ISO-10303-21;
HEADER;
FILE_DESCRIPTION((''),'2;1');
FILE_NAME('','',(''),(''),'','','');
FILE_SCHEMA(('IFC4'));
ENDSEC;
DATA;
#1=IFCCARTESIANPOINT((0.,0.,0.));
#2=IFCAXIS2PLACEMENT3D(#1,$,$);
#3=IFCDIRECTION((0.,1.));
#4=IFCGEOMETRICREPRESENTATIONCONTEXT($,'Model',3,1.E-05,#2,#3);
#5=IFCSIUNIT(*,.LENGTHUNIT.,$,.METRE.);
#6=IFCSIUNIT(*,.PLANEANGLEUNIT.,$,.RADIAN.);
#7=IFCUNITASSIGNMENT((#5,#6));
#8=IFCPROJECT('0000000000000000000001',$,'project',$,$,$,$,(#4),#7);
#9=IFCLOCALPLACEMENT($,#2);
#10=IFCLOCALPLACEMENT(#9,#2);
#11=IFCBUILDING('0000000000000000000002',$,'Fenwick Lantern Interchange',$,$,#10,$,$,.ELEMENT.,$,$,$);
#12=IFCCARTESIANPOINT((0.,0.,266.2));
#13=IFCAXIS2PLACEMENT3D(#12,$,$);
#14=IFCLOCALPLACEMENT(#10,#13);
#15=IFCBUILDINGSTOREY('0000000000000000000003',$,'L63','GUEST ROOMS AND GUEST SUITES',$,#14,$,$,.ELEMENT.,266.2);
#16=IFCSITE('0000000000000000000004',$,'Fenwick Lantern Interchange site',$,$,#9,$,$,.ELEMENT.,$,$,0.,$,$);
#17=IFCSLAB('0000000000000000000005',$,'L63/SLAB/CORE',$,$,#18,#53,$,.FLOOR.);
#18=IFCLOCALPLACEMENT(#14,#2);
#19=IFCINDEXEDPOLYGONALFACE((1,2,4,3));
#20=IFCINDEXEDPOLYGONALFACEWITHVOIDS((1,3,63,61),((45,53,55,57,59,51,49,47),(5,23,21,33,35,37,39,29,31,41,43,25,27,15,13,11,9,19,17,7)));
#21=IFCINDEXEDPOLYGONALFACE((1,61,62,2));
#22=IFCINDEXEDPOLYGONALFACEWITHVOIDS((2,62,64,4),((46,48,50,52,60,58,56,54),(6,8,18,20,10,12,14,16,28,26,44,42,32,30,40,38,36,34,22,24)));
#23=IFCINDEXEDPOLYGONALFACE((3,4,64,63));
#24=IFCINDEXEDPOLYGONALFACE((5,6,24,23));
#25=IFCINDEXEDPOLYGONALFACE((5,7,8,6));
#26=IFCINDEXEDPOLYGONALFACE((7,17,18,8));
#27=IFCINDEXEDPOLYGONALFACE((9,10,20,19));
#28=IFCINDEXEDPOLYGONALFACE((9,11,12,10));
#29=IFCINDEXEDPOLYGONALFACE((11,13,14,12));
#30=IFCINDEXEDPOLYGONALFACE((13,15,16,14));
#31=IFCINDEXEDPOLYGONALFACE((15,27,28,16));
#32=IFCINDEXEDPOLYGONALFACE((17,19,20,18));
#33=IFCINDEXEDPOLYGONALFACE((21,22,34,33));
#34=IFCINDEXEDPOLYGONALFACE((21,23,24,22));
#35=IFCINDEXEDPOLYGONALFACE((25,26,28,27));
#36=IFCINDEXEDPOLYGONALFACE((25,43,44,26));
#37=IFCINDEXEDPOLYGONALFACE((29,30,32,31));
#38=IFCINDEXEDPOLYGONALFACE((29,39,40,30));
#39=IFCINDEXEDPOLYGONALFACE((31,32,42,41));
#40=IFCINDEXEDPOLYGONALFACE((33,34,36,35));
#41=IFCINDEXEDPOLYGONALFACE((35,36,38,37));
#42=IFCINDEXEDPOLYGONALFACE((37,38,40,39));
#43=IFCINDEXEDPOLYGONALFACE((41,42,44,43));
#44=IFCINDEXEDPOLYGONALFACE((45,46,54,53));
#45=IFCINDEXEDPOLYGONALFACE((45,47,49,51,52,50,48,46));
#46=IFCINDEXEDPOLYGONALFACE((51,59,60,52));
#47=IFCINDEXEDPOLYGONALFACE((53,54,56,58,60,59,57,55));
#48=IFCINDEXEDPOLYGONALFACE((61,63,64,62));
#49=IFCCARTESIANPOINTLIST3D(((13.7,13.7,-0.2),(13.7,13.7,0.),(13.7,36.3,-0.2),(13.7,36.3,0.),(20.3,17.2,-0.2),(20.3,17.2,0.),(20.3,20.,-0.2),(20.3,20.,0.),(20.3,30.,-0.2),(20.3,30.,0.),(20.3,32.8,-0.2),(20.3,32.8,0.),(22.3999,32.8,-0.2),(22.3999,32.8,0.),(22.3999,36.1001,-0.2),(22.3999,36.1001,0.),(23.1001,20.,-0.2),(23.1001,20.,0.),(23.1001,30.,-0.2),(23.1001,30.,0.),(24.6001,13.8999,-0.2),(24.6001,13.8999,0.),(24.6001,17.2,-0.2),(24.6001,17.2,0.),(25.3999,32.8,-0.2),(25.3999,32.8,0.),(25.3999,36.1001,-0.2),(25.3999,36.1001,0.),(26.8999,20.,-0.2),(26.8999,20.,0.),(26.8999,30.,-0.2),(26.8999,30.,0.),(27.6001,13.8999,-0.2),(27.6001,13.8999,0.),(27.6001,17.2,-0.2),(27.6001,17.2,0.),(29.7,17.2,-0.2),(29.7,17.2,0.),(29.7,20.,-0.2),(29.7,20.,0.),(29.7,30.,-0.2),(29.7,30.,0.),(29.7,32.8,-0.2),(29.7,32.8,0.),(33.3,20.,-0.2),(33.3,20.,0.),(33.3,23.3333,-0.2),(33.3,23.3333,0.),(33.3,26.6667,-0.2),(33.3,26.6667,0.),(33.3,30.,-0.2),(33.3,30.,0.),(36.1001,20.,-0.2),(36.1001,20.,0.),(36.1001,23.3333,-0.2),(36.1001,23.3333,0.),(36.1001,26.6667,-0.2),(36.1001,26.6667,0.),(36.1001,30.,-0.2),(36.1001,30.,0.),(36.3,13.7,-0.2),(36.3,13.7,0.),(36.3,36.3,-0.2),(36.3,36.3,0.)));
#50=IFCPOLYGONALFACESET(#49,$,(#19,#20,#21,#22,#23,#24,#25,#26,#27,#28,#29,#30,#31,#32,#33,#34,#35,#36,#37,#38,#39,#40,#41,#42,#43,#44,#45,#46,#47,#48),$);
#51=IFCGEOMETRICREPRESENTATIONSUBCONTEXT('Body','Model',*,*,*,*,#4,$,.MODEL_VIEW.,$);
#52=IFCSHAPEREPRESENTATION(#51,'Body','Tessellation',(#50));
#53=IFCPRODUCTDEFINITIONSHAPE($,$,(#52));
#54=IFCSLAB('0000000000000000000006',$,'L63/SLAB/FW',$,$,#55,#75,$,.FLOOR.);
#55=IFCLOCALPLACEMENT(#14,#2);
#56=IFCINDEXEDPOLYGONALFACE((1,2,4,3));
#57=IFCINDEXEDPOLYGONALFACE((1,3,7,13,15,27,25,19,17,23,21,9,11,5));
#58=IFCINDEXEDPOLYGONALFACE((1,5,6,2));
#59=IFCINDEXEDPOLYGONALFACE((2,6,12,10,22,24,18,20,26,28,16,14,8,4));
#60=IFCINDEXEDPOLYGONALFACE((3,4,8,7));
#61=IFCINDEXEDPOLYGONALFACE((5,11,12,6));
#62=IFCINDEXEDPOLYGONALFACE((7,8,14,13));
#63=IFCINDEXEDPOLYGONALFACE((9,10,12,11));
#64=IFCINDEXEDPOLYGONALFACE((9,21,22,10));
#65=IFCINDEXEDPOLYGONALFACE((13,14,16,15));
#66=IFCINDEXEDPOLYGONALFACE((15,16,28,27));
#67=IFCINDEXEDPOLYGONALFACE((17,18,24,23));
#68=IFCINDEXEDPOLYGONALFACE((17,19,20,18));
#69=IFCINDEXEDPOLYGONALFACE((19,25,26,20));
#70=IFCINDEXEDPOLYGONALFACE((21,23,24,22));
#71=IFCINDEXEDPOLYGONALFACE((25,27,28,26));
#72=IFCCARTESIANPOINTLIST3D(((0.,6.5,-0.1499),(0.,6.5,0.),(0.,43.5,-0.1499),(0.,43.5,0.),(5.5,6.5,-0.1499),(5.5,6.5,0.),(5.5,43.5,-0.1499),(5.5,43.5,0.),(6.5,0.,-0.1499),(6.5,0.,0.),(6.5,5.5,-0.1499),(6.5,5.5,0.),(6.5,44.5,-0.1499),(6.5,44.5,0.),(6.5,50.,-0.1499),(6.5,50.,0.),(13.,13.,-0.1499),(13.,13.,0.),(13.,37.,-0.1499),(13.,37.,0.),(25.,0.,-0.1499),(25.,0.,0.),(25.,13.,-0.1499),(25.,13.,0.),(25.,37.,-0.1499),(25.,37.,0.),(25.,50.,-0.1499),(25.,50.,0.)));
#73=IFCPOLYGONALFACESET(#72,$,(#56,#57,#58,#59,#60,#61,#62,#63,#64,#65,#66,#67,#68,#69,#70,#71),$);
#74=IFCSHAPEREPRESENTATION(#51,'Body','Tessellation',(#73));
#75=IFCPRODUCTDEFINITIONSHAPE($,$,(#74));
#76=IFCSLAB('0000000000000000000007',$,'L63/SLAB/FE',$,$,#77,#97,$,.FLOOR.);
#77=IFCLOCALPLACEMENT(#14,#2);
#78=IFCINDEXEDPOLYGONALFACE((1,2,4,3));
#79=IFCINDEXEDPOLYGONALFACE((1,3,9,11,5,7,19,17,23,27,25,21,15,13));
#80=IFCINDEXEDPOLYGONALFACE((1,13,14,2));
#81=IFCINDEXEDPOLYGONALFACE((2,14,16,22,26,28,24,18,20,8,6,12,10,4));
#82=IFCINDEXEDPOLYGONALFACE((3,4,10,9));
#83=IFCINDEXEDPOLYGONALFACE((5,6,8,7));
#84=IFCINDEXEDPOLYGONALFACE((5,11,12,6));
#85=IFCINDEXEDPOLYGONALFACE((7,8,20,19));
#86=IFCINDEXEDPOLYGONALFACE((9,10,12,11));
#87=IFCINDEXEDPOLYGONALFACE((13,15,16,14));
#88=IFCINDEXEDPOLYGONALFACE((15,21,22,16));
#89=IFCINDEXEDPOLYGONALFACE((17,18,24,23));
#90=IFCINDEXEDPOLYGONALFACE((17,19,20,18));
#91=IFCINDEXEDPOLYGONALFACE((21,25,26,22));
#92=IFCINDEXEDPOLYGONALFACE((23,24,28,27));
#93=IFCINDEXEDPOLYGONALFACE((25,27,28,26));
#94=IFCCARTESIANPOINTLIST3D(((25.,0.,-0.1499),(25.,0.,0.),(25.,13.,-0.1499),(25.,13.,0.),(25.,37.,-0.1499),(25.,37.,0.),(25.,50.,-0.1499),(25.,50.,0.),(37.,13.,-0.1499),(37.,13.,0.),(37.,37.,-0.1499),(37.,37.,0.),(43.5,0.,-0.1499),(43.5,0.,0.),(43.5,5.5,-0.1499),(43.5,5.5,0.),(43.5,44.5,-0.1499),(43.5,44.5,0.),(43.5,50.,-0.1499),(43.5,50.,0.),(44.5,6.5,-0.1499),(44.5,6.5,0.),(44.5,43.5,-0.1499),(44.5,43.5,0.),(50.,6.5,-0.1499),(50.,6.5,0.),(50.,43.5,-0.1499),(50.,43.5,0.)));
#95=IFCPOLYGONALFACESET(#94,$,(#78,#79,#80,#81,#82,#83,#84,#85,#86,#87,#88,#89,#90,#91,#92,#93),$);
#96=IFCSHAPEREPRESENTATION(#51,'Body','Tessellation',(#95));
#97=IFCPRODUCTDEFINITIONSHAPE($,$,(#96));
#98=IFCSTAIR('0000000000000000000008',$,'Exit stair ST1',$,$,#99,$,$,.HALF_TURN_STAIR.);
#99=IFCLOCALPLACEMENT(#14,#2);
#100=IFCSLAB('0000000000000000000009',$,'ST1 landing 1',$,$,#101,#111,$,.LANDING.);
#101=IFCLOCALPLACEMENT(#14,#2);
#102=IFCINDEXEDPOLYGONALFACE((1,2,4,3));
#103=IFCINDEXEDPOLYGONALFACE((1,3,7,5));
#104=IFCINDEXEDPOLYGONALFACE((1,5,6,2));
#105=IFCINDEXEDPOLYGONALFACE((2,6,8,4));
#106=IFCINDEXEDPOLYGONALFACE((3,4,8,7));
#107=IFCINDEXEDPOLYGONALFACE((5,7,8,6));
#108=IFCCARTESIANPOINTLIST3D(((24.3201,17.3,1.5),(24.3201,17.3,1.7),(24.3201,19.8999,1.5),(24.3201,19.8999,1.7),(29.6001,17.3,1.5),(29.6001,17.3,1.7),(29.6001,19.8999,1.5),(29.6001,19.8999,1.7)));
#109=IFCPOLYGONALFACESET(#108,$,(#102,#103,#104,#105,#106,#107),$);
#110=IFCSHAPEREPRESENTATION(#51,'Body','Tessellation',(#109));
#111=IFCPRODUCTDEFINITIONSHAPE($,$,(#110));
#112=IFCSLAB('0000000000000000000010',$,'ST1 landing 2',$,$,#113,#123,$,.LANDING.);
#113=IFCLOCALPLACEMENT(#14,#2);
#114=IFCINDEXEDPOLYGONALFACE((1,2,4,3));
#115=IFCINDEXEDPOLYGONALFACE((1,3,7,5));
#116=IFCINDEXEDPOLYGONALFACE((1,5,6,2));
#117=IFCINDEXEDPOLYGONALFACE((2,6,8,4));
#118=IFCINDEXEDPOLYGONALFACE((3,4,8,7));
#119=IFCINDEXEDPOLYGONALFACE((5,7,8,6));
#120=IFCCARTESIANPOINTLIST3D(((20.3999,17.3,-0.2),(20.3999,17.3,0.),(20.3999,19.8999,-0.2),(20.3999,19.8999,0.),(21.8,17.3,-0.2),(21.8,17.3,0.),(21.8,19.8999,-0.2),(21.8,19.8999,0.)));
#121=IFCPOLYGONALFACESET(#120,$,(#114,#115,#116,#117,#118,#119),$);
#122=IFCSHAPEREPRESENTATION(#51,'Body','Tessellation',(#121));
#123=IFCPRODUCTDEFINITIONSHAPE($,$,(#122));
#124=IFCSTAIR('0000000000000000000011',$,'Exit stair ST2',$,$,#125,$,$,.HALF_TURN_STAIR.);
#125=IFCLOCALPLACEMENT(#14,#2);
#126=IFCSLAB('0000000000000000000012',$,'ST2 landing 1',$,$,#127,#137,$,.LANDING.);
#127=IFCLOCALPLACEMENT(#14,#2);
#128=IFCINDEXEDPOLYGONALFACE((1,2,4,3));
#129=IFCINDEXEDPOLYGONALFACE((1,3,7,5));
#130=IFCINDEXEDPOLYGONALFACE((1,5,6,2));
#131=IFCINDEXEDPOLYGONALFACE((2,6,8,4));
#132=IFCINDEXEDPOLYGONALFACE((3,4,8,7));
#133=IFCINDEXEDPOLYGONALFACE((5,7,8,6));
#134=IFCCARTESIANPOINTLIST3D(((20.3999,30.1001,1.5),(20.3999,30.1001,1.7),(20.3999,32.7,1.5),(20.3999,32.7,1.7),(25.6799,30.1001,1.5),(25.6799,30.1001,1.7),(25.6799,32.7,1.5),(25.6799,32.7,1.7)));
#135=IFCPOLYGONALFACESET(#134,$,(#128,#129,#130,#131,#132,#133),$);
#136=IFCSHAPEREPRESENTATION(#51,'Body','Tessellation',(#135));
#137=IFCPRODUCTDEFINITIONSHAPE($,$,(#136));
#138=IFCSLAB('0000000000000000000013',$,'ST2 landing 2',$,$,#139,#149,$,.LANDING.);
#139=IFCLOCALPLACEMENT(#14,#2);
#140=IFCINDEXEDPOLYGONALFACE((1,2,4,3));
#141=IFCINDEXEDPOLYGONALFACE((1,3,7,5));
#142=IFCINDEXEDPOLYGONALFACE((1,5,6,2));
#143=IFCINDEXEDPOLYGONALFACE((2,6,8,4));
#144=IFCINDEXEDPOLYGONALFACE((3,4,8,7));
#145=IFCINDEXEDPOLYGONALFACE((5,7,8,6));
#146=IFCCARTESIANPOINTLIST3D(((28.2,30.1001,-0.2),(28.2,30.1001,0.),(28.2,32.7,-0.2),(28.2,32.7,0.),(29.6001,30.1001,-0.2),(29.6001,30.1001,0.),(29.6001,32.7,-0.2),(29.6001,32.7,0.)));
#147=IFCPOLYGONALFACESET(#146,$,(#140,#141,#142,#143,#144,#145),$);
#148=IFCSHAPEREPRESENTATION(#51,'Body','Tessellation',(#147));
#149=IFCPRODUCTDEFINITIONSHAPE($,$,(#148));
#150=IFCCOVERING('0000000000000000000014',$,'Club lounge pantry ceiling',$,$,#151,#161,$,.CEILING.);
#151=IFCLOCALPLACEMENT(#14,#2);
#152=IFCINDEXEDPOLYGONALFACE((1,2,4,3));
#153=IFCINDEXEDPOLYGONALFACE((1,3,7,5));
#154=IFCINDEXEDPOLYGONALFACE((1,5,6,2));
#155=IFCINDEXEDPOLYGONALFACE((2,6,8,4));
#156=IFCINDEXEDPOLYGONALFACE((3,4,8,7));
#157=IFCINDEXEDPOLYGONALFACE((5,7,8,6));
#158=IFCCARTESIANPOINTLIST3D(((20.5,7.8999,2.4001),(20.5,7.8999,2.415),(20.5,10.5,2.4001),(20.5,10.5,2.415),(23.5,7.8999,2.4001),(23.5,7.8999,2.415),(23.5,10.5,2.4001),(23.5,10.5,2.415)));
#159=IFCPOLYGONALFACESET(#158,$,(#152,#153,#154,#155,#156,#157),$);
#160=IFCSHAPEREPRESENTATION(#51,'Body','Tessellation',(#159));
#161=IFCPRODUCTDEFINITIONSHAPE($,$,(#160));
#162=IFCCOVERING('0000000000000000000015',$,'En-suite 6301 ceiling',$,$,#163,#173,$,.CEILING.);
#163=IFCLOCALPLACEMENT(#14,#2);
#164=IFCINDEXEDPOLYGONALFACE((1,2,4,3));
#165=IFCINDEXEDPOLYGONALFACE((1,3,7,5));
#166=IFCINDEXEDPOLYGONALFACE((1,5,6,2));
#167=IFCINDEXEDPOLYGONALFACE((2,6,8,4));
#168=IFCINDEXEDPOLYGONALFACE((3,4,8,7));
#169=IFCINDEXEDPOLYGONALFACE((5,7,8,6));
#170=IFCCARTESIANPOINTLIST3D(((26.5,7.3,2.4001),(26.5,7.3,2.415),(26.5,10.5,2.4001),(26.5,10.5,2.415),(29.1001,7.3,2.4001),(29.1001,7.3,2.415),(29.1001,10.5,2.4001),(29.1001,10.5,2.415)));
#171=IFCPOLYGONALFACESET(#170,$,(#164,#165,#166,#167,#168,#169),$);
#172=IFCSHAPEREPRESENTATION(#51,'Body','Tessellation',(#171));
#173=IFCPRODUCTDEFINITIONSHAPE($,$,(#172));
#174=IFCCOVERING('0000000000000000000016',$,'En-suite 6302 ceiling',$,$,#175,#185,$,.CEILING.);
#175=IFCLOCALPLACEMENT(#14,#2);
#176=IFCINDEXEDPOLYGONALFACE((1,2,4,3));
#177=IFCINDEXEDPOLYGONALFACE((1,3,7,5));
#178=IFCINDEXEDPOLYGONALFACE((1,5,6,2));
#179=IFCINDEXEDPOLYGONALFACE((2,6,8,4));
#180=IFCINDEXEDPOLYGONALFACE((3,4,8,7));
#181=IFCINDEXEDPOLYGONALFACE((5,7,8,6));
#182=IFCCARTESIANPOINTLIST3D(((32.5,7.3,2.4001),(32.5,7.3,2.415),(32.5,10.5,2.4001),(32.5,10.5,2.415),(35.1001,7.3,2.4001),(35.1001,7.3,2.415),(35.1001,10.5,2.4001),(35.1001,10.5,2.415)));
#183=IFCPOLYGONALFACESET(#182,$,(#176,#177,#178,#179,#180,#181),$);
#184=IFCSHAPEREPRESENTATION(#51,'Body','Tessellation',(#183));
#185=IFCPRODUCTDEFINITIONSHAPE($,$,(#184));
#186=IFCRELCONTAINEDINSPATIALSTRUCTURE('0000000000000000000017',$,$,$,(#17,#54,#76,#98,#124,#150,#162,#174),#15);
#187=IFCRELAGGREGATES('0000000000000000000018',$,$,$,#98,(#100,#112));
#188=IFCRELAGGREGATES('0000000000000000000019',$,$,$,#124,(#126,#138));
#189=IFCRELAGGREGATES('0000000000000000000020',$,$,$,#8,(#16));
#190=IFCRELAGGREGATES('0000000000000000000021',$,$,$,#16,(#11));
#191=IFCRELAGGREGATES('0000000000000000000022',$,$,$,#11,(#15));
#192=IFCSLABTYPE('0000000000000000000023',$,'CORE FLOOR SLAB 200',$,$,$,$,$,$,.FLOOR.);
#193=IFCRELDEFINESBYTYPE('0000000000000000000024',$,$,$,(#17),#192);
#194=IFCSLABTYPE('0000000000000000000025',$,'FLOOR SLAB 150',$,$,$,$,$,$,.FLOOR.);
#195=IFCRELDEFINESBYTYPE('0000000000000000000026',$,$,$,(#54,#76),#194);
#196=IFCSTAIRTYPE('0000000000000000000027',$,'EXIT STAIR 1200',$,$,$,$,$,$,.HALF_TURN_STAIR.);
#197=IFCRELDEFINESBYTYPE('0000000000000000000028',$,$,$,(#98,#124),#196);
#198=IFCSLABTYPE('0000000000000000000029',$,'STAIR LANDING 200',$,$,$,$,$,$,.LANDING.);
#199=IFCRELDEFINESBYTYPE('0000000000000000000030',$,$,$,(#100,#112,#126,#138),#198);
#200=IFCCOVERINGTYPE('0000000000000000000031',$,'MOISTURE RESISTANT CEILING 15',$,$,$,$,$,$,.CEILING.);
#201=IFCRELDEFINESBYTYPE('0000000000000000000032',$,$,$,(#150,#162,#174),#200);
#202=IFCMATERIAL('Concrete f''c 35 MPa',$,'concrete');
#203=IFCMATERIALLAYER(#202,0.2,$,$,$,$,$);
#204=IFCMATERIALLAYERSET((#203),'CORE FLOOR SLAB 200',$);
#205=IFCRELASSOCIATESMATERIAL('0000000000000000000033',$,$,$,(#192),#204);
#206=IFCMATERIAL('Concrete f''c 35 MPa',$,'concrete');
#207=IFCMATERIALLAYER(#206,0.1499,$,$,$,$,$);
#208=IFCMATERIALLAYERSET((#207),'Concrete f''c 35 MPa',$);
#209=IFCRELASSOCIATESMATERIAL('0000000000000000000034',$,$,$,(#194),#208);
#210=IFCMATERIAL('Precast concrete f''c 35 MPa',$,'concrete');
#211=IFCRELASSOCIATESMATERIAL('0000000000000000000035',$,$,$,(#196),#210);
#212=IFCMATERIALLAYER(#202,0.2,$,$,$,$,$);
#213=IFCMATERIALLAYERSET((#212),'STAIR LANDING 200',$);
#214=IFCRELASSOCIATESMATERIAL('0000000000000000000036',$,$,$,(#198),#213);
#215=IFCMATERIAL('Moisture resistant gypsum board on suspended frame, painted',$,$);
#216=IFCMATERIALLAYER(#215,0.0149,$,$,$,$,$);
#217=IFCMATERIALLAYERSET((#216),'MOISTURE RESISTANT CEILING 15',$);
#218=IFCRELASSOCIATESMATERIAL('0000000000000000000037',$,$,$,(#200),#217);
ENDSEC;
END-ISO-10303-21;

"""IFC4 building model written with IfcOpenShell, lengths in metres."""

from ifc_helpers import new_model, si_unit, direction, frame, origin, place, context, subcontext, project, spatial, polyline, outline, extrude, material, layer, layer_set, type_object, element, aggregate, save


model = new_model("IFC4")

# Units and contexts
model_context = context("Model", 3, precision=1e-05, world=origin(), true_north=direction((0.0, 1.0)))
body_context = subcontext(model_context, "Body", "Model", "MODEL_VIEW")
ifc_project = project(units=[si_unit("LENGTHUNIT", "METRE"), si_unit("PLANEANGLEUNIT", "RADIAN")], contexts=[model_context])

# Site, building, storey
site_placement = place(None, origin())
site = spatial("IfcSite", under=ifc_project, at=site_placement, Name="Fenwick Lantern Interchange site", CompositionType="ELEMENT", RefElevation=0.0)
building_placement = place(site_placement, origin())
building = spatial("IfcBuilding", under=site, at=building_placement, Name="Fenwick Lantern Interchange", CompositionType="ELEMENT")
storey_placement = place(building_placement, frame((0.0, 0.0, 266.2)))
storey = spatial("IfcBuildingStorey", under=building, at=storey_placement, Name="L63", Description="GUEST ROOMS AND GUEST SUITES", CompositionType="ELEMENT", Elevation=266.2)

# Slabs
ifc_material_1 = material(Name="Concrete f'c 35 MPa", Category="concrete")
ifc_layer_1 = layer(ifc_material_1, 0.2)
ifc_layer_set_1 = layer_set([ifc_layer_1], Name="CORE FLOOR SLAB 200")
slab_type_1 = type_object("IfcSlabType", Name="CORE FLOOR SLAB 200", PredefinedType="FLOOR", material=ifc_layer_set_1)
slab_1_placement = place(storey_placement, frame((0.0, 0.0, -0.2)))
element("IfcSlab", 1, at=slab_1_placement, inside=storey, type_object=slab_type_1, Name="L63/SLAB/CORE", PredefinedType="FLOOR", context=body_context, shape_type="SweptSolid", body=[
    extrude(outline(polyline([(13.7, 36.3), (36.3, 36.3), (36.3, 13.7), (13.7, 13.7), (13.7, 36.3)]), holes=[polyline([(24.6001, 13.8999), (27.6001, 13.8999), (27.6001, 17.2), (29.7, 17.2), (29.7, 20.0), (26.8999, 20.0), (26.8999, 30.0), (29.7, 30.0), (29.7, 32.8), (25.3999, 32.8), (25.3999, 36.1001), (22.3999, 36.1001), (22.3999, 32.8), (20.3, 32.8), (20.3, 30.0), (23.1001, 30.0), (23.1001, 20.0), (20.3, 20.0), (20.3, 17.2), (24.6001, 17.2), (24.6001, 13.8999)]), polyline([(33.3, 20.0), (36.1001, 20.0), (36.1001, 23.3333), (36.1001, 26.6667), (36.1001, 30.0), (33.3, 30.0), (33.3, 26.6667), (33.3, 23.3333), (33.3, 20.0)])]), origin(), (0.0, 0.0, 1.0), 0.2),
])
ifc_material_2 = material(Name="Concrete f'c 35 MPa", Category="concrete")
ifc_layer_2 = layer(ifc_material_2, 0.1499)
ifc_layer_set_2 = layer_set([ifc_layer_2], Name="Concrete f'c 35 MPa")
slab_type_2 = type_object("IfcSlabType", Name="FLOOR SLAB 150", PredefinedType="FLOOR", material=ifc_layer_set_2)
slab_2_placement = place(storey_placement, frame((0.0, 0.0, -0.1499)))
element("IfcSlab", 2, at=slab_2_placement, inside=storey, type_object=slab_type_2, Name="L63/SLAB/FW", PredefinedType="FLOOR", context=body_context, shape_type="SweptSolid", body=[
    extrude(outline(polyline([(6.5, 0.0), (6.5, 5.5), (5.5, 6.5), (0.0, 6.5), (0.0, 43.5), (5.5, 43.5), (6.5, 44.5), (6.5, 50.0), (25.0, 50.0), (25.0, 37.0), (13.0, 37.0), (13.0, 13.0), (25.0, 13.0), (25.0, 0.0), (6.5, 0.0)])), origin(), (0.0, 0.0, 1.0), 0.1499),
])
slab_3_placement = place(storey_placement, frame((0.0, 0.0, -0.1499)))
element("IfcSlab", 3, at=slab_3_placement, inside=storey, type_object=slab_type_2, Name="L63/SLAB/FE", PredefinedType="FLOOR", context=body_context, shape_type="SweptSolid", body=[
    extrude(outline(polyline([(43.5, 50.0), (43.5, 44.5), (44.5, 43.5), (50.0, 43.5), (50.0, 6.5), (44.5, 6.5), (43.5, 5.5), (43.5, 0.0), (25.0, 0.0), (25.0, 13.0), (37.0, 13.0), (37.0, 37.0), (25.0, 37.0), (25.0, 50.0), (43.5, 50.0)])), origin(), (0.0, 0.0, 1.0), 0.1499),
])

# Stairs, slabs
ifc_material_3 = material(Name="Precast concrete f'c 35 MPa", Category="concrete")
stair_type = type_object("IfcStairType", Name="EXIT STAIR 1200", PredefinedType="HALF_TURN_STAIR", material=ifc_material_3)
stair_1_placement = place(storey_placement, origin())
stair_1 = element("IfcStair", 4, at=stair_1_placement, inside=storey, type_object=stair_type, Name="Exit stair ST1", PredefinedType="HALF_TURN_STAIR")
ifc_layer_3 = layer(ifc_material_1, 0.2)
ifc_layer_set_3 = layer_set([ifc_layer_3], Name="STAIR LANDING 200")
slab_type_3 = type_object("IfcSlabType", Name="STAIR LANDING 200", PredefinedType="LANDING", material=ifc_layer_set_3)
slab_4_placement = place(storey_placement, frame((0.0, 0.0, 1.5)))
slab_4 = element("IfcSlab", 5, at=slab_4_placement, type_object=slab_type_3, Name="ST1 landing 1", PredefinedType="LANDING", context=body_context, shape_type="SweptSolid", body=[
    extrude(outline(polyline([(24.3201, 17.3), (29.6001, 17.3), (29.6001, 19.8999), (24.3201, 19.8999), (24.3201, 17.3)])), origin(), (0.0, 0.0, 1.0), 0.2),
])
slab_5_placement = place(storey_placement, frame((0.0, 0.0, -0.2)))
slab_5 = element("IfcSlab", 6, at=slab_5_placement, type_object=slab_type_3, Name="ST1 landing 2", PredefinedType="LANDING", context=body_context, shape_type="SweptSolid", body=[
    extrude(outline(polyline([(20.3999, 17.3), (21.8, 17.3), (21.8, 19.8999), (20.3999, 19.8999), (20.3999, 17.3)])), origin(), (0.0, 0.0, 1.0), 0.2),
])
aggregate(stair_1, [slab_4, slab_5])
stair_2_placement = place(storey_placement, origin())
stair_2 = element("IfcStair", 7, at=stair_2_placement, inside=storey, type_object=stair_type, Name="Exit stair ST2", PredefinedType="HALF_TURN_STAIR")
slab_6_placement = place(storey_placement, frame((0.0, 0.0, 1.5)))
slab_6 = element("IfcSlab", 8, at=slab_6_placement, type_object=slab_type_3, Name="ST2 landing 1", PredefinedType="LANDING", context=body_context, shape_type="SweptSolid", body=[
    extrude(outline(polyline([(25.6799, 32.7), (20.3999, 32.7), (20.3999, 30.1001), (25.6799, 30.1001), (25.6799, 32.7)])), origin(), (0.0, 0.0, 1.0), 0.2),
])
slab_7_placement = place(storey_placement, frame((0.0, 0.0, -0.2)))
slab_7 = element("IfcSlab", 9, at=slab_7_placement, type_object=slab_type_3, Name="ST2 landing 2", PredefinedType="LANDING", context=body_context, shape_type="SweptSolid", body=[
    extrude(outline(polyline([(29.6001, 32.7), (28.2, 32.7), (28.2, 30.1001), (29.6001, 30.1001), (29.6001, 32.7)])), origin(), (0.0, 0.0, 1.0), 0.2),
])
aggregate(stair_2, [slab_6, slab_7])

# Coverings
ifc_material_4 = material(Name="Moisture resistant gypsum board on suspended frame, painted")
ifc_layer_4 = layer(ifc_material_4, 0.0149)
ifc_layer_set_4 = layer_set([ifc_layer_4], Name="MOISTURE RESISTANT CEILING 15")
covering_type_1 = type_object("IfcCoveringType", Name="MOISTURE RESISTANT CEILING 15", PredefinedType="CEILING", material=ifc_layer_set_4)
covering_1_placement = place(storey_placement, frame((0.0, 0.0, 2.4001)))
element("IfcCovering", 10, at=covering_1_placement, inside=storey, type_object=covering_type_1, Name="Club lounge pantry ceiling", PredefinedType="CEILING", context=body_context, shape_type="SweptSolid", body=[
    extrude(outline(polyline([(20.5, 7.8999), (23.5, 7.8999), (23.5, 10.5), (20.5, 10.5), (20.5, 7.8999)])), origin(), (0.0, 0.0, 1.0), 0.0149),
])
covering_2_placement = place(storey_placement, frame((0.0, 0.0, 2.4001)))
element("IfcCovering", 11, at=covering_2_placement, inside=storey, type_object=covering_type_1, Name="En-suite 6301 ceiling", PredefinedType="CEILING", context=body_context, shape_type="SweptSolid", body=[
    extrude(outline(polyline([(26.5, 7.3), (29.1001, 7.3), (29.1001, 10.5), (26.5, 10.5), (26.5, 7.3)])), origin(), (0.0, 0.0, 1.0), 0.0149),
])
covering_3_placement = place(storey_placement, frame((0.0, 0.0, 2.4001)))
element("IfcCovering", 12, at=covering_3_placement, inside=storey, type_object=covering_type_1, Name="En-suite 6302 ceiling", PredefinedType="CEILING", context=body_context, shape_type="SweptSolid", body=[
    extrude(outline(polyline([(32.5, 7.3), (35.1001, 7.3), (35.1001, 10.5), (32.5, 10.5), (32.5, 7.3)])), origin(), (0.0, 0.0, 1.0), 0.0149),
])

save(model, "model.ifc")
